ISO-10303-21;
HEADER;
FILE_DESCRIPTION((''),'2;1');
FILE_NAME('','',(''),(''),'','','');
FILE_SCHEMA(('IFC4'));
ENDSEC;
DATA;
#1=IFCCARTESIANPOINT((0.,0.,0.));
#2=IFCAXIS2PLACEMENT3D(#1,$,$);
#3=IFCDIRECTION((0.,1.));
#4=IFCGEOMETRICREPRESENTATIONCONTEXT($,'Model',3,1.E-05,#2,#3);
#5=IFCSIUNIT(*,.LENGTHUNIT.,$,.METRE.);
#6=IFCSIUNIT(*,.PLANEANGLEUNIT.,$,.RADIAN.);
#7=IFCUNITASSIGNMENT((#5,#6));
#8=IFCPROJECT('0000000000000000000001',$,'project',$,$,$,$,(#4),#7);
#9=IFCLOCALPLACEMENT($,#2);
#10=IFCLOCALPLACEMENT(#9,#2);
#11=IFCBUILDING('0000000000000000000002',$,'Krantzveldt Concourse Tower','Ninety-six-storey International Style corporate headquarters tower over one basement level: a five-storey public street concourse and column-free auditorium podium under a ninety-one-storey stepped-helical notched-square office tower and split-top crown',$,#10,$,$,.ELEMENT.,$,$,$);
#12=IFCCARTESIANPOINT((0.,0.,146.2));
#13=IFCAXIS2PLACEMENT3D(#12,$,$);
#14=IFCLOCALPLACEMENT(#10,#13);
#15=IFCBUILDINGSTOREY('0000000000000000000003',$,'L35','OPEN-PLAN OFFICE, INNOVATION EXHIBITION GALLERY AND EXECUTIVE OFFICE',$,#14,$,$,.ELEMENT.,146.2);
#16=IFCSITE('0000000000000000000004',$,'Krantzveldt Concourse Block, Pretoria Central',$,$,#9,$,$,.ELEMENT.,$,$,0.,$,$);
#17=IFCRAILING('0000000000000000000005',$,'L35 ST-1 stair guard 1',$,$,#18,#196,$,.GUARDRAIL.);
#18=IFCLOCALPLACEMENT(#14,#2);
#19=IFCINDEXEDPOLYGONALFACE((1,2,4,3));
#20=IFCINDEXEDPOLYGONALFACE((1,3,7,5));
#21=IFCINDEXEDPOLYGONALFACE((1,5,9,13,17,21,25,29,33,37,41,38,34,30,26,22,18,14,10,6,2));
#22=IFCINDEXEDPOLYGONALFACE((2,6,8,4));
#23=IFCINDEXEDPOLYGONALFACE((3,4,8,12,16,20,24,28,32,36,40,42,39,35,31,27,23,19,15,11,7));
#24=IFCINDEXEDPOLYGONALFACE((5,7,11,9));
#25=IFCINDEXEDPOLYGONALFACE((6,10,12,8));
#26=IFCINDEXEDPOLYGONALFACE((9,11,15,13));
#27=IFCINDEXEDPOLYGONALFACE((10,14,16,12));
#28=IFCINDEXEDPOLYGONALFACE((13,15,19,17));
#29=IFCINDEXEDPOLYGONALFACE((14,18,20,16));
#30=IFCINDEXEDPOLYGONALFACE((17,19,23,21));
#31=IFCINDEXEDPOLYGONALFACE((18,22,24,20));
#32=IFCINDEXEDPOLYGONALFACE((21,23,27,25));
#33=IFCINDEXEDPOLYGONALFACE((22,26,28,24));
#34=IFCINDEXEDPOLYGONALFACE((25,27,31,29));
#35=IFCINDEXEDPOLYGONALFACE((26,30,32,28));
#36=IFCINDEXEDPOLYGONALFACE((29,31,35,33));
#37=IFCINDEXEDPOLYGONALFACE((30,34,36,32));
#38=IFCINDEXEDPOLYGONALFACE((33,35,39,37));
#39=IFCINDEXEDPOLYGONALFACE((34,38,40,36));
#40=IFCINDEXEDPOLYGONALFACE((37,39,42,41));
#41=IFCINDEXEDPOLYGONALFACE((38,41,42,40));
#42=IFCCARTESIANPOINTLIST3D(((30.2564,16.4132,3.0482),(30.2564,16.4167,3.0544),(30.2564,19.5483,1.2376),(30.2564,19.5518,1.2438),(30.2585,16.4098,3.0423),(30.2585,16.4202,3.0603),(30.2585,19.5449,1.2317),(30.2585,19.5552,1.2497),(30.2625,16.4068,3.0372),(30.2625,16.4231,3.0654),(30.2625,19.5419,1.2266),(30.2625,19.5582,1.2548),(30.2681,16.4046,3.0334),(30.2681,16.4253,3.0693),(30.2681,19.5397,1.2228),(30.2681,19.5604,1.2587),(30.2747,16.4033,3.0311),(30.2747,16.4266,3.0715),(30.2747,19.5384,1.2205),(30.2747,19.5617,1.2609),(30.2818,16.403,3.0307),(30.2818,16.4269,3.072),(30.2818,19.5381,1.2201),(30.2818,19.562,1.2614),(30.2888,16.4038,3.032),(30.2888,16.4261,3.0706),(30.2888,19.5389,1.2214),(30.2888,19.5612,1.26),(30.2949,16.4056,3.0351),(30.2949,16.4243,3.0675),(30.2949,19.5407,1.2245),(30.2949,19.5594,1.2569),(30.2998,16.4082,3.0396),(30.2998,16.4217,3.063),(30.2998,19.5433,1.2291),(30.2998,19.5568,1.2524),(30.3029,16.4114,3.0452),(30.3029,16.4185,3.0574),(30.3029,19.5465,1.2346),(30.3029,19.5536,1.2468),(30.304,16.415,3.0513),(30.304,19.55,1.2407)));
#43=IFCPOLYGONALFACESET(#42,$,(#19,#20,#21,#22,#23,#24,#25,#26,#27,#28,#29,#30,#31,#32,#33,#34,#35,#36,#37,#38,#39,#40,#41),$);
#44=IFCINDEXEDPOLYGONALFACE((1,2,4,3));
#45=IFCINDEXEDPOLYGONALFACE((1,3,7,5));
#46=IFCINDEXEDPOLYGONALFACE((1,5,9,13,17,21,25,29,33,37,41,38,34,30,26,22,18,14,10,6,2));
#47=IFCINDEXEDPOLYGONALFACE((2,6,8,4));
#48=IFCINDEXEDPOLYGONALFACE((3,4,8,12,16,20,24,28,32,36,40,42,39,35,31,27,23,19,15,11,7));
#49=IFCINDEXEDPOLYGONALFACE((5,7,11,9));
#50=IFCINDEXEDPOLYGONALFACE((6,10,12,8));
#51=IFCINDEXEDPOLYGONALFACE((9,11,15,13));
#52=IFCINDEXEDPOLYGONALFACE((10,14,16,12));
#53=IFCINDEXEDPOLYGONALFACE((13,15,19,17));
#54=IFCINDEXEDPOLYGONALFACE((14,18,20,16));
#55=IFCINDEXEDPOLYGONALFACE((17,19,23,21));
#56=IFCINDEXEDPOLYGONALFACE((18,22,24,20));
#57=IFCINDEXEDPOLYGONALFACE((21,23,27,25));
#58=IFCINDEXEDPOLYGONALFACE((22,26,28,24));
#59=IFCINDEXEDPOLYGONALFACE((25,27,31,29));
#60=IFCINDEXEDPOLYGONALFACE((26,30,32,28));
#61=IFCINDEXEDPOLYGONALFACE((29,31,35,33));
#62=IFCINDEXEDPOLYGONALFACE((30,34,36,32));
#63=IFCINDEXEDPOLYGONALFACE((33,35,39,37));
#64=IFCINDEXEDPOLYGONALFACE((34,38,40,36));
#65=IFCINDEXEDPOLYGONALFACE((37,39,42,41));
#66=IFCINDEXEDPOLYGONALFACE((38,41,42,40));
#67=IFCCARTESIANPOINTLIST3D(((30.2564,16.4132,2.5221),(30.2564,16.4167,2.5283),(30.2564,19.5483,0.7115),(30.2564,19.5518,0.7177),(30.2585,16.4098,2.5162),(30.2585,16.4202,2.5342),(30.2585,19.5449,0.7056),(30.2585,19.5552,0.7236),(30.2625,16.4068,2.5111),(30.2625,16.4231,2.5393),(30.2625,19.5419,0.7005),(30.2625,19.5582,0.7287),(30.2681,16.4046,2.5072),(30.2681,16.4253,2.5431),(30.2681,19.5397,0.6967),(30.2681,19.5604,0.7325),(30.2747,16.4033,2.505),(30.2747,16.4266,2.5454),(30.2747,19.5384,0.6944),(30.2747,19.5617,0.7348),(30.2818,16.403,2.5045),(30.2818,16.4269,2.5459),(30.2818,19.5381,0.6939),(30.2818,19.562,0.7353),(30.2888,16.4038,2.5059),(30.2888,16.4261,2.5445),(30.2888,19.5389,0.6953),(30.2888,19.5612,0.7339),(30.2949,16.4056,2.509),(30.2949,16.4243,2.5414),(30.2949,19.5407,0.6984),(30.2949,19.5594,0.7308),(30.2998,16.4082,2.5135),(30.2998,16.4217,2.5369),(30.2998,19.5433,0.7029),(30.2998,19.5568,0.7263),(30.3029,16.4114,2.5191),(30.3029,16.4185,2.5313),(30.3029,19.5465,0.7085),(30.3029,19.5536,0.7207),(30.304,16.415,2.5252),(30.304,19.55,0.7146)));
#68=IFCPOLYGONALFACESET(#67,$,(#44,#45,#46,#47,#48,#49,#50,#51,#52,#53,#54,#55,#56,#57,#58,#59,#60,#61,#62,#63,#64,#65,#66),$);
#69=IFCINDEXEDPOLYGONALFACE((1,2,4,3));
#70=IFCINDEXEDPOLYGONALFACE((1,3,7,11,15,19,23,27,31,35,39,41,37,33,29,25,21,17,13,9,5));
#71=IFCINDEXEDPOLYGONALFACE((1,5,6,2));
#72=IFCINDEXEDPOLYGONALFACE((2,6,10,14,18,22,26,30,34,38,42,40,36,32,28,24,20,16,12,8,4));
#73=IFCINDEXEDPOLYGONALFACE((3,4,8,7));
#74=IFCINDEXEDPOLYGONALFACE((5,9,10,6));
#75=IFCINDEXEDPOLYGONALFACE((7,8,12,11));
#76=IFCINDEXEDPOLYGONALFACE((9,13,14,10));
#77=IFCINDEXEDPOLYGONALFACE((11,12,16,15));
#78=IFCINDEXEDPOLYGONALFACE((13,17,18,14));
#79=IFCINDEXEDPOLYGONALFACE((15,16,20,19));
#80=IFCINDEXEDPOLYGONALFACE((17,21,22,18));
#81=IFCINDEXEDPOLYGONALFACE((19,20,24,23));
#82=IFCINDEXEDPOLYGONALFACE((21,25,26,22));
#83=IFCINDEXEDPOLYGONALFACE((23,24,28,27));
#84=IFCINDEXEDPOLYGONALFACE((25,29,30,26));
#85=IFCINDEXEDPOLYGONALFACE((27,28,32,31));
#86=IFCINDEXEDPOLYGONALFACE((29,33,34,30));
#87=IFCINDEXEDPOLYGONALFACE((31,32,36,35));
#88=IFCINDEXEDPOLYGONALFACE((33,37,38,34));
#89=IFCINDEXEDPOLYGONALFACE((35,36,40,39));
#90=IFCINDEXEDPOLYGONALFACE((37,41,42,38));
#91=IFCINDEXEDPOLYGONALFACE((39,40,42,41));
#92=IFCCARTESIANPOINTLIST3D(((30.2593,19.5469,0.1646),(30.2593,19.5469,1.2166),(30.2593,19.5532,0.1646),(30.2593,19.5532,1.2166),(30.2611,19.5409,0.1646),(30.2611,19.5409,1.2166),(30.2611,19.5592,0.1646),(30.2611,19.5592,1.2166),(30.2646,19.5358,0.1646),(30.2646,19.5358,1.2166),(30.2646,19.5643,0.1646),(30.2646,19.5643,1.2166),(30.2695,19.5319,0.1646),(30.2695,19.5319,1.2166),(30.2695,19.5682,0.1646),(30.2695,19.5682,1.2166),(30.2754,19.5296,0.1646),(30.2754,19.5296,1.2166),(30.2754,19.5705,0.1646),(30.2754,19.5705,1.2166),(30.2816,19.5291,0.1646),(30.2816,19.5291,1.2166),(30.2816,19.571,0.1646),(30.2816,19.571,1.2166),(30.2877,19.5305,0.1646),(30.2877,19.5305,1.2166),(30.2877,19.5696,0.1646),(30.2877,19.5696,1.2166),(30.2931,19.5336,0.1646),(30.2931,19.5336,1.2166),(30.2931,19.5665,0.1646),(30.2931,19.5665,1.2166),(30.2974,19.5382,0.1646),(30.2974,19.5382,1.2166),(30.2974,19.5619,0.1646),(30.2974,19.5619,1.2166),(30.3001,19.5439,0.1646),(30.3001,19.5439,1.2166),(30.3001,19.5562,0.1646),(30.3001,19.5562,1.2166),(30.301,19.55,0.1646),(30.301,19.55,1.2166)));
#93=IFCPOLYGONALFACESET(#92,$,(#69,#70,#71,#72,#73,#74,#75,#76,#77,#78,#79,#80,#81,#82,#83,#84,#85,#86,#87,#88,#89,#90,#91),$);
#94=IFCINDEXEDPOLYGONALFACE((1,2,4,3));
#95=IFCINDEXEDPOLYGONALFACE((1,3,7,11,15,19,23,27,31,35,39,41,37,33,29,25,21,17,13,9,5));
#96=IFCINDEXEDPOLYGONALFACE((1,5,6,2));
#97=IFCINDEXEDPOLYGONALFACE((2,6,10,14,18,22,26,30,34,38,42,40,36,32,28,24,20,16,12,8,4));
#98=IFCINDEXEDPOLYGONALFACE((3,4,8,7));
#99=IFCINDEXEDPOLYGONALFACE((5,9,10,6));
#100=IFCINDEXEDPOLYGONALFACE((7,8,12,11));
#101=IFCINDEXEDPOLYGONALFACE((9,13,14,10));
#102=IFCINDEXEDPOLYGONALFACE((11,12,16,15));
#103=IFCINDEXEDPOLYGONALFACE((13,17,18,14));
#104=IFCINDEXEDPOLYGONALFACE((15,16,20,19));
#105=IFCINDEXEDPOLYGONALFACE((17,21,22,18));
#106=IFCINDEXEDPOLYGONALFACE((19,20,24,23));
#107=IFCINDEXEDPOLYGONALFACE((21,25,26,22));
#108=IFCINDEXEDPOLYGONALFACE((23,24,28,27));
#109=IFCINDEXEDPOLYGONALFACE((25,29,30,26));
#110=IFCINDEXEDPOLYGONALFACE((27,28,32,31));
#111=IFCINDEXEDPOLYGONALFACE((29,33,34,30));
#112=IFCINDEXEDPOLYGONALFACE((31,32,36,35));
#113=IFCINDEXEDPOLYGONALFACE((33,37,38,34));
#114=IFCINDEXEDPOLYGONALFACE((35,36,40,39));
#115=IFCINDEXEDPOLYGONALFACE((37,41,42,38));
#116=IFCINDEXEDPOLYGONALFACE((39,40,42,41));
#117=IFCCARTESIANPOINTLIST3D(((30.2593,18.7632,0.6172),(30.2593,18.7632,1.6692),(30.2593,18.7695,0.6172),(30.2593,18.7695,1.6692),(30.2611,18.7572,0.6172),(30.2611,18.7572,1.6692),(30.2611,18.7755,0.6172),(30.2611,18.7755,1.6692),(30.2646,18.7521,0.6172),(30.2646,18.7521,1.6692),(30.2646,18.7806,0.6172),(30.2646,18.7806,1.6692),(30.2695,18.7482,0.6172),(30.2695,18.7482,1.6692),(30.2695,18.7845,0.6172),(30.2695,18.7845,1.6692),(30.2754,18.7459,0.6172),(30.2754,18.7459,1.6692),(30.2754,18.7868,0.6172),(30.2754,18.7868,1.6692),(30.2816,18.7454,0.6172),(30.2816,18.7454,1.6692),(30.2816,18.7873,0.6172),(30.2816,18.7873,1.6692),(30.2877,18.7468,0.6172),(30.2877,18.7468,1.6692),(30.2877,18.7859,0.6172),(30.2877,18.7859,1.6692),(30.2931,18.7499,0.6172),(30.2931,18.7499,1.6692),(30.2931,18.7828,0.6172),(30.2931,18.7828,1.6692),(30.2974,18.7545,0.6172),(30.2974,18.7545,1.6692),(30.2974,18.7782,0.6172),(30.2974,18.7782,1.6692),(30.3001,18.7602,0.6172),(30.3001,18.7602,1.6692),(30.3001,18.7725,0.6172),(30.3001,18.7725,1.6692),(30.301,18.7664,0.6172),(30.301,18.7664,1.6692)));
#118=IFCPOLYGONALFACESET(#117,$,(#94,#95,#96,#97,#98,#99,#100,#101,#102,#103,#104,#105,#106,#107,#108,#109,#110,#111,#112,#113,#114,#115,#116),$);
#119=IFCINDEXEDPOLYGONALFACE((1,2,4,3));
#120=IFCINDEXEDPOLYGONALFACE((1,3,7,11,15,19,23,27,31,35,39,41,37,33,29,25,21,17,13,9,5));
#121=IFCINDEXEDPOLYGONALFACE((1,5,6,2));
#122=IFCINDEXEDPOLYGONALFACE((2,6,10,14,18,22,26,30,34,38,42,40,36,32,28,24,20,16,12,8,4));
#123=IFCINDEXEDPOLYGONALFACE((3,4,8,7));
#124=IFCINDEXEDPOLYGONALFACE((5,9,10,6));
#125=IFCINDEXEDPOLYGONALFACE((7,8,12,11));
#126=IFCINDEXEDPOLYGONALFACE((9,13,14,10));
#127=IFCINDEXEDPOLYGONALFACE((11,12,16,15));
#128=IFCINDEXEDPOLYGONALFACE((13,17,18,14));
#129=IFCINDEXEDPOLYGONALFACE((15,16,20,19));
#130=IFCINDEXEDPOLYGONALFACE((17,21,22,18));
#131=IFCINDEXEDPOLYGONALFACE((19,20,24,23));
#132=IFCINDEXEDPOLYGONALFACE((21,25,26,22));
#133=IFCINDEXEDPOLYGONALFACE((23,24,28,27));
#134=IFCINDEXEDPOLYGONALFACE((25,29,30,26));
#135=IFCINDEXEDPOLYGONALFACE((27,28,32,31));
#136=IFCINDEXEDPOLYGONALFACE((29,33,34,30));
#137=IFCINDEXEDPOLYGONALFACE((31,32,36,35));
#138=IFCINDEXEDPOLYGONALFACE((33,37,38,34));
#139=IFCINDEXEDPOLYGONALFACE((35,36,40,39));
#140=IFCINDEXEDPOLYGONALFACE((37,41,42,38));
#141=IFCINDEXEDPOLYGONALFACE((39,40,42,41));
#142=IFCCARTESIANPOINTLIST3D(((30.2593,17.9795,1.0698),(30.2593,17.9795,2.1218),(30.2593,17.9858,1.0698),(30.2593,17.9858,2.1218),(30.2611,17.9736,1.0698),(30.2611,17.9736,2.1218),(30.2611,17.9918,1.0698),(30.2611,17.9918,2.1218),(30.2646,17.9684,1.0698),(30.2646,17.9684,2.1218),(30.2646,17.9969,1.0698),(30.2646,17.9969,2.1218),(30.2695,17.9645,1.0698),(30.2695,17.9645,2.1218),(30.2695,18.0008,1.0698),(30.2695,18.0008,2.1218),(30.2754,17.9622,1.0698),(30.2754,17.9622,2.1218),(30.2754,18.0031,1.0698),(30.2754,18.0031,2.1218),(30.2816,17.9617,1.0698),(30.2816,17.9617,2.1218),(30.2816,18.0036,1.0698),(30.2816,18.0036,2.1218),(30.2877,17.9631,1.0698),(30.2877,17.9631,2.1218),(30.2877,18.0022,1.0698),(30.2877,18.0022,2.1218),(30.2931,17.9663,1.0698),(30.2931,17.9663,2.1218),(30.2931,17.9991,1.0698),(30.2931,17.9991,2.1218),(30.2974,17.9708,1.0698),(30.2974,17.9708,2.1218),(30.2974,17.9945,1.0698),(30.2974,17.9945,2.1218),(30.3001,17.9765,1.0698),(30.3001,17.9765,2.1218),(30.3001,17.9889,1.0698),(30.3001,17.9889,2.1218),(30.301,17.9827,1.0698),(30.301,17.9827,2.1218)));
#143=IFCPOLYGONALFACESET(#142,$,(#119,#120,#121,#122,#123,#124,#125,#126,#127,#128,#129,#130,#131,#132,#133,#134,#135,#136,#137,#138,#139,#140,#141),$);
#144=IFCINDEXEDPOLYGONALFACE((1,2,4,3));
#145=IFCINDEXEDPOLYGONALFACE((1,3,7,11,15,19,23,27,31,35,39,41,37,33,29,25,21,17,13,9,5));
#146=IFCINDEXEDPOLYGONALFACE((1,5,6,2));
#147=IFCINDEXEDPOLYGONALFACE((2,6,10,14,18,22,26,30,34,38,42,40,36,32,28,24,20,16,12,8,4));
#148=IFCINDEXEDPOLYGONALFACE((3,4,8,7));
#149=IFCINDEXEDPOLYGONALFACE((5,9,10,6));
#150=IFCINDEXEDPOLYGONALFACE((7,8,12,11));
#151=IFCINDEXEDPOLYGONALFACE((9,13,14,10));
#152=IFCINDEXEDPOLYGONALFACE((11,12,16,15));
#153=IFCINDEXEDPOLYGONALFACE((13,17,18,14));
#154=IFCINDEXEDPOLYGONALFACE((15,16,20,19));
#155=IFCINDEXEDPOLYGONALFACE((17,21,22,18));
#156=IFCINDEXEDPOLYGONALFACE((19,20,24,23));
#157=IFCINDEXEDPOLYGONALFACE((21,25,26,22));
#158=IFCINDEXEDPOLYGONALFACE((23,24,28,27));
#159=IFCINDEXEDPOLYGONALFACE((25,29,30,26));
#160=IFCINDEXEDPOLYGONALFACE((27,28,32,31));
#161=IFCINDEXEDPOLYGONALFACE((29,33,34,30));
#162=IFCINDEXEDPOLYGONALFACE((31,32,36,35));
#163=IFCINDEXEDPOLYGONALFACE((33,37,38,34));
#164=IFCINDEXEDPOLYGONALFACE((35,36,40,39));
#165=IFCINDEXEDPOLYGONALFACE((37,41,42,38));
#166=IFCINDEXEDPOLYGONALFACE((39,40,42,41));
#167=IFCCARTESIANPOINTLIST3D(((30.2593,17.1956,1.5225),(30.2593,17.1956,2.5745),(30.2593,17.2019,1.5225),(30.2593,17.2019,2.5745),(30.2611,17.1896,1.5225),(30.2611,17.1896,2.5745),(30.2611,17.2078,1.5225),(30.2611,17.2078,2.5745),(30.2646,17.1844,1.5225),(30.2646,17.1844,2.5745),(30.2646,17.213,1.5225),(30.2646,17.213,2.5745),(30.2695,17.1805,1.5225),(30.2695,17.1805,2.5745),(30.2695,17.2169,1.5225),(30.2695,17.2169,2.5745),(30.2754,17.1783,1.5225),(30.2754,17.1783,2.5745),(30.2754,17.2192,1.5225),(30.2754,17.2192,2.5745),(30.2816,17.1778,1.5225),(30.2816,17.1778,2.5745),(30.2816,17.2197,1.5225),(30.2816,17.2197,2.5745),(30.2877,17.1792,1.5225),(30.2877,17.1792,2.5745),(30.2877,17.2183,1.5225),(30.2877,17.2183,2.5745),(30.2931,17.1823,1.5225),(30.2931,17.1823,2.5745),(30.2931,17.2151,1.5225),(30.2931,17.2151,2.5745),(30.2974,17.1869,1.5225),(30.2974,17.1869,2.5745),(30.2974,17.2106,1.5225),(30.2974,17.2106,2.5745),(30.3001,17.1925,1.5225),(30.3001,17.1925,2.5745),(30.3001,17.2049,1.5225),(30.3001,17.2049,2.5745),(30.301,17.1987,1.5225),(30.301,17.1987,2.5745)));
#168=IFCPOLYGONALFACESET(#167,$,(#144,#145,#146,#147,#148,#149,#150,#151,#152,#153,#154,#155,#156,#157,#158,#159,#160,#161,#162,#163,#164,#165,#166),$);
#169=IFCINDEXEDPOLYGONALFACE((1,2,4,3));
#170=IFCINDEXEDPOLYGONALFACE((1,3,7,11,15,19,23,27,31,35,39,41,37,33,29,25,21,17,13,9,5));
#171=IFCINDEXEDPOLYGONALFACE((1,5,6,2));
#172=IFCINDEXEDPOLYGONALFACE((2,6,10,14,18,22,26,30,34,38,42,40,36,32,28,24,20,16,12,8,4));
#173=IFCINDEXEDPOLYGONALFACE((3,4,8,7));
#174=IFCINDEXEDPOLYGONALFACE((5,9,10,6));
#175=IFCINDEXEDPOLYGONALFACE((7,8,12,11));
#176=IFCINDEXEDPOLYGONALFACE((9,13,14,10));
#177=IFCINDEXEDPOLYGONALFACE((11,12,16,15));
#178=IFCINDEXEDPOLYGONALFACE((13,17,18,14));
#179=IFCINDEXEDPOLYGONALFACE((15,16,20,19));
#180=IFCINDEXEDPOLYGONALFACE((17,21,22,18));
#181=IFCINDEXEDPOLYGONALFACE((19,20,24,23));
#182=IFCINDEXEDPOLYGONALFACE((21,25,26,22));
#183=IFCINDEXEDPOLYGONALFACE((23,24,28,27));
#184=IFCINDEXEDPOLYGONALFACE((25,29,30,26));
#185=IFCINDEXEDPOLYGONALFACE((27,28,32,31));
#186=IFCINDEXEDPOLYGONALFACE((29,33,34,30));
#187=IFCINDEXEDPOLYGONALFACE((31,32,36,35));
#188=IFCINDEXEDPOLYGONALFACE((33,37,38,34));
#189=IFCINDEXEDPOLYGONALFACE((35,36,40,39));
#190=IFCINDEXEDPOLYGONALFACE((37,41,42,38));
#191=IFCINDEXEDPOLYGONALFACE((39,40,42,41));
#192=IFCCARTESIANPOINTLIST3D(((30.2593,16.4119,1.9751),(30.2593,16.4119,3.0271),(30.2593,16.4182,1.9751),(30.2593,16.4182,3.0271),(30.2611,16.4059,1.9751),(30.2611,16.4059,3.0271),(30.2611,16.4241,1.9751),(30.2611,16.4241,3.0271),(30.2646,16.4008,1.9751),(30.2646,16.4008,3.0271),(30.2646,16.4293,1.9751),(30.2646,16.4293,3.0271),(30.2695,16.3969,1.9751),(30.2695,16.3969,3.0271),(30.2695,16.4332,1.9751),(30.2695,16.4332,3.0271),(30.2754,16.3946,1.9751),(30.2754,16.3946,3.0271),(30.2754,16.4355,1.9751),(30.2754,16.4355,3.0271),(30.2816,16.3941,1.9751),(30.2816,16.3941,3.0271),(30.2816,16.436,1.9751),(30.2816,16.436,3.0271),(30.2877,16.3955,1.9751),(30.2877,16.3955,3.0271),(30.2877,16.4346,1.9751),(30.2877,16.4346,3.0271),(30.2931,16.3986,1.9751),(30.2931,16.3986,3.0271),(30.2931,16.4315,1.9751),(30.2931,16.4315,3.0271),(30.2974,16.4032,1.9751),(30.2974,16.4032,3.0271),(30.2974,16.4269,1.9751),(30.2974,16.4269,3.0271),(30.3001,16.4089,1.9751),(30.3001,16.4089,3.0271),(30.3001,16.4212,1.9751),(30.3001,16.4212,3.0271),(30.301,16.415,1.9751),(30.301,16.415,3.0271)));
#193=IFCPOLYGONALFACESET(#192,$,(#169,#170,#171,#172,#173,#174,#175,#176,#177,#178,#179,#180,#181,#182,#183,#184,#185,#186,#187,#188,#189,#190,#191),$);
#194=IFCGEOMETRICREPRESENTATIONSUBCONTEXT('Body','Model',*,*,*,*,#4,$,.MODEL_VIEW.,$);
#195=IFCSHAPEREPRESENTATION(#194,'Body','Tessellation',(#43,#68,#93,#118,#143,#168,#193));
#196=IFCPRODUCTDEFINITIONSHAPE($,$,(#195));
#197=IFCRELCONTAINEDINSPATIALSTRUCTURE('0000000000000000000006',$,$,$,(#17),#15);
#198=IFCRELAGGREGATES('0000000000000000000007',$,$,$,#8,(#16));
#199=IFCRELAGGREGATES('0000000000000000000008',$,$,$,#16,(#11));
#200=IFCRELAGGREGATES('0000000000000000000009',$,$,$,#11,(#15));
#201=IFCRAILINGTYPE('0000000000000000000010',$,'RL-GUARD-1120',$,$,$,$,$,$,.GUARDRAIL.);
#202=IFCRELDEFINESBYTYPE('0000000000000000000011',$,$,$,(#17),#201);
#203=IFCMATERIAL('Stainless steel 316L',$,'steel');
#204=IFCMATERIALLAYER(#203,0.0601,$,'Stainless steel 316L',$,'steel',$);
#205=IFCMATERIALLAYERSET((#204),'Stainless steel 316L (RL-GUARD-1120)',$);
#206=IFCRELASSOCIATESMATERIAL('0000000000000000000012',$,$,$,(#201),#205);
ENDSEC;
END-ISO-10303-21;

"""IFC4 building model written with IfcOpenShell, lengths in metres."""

from ifc_helpers import new_model, si_unit, direction, frame, origin, origin_2d, place, context, subcontext, project, spatial, circle, extrude, material, layer, layer_set, type_object, element, save


model = new_model("IFC4")

# Units and contexts
model_context = context("Model", 3, precision=1e-05, world=origin(), true_north=direction((0.0, 1.0)))
body_context = subcontext(model_context, "Body", "Model", "MODEL_VIEW")
ifc_project = project(units=[si_unit("LENGTHUNIT", "METRE"), si_unit("PLANEANGLEUNIT", "RADIAN")], contexts=[model_context])

# Site, building, storey
site_placement = place(None, origin())
site = spatial("IfcSite", under=ifc_project, at=site_placement, Name="Krantzveldt Concourse Block, Pretoria Central", CompositionType="ELEMENT", RefElevation=0.0)
building_placement = place(site_placement, origin())
building = spatial("IfcBuilding", under=site, at=building_placement, Name="Krantzveldt Concourse Tower", Description="Ninety-six-storey International Style corporate headquarters tower over one basement level: a five-storey public street concourse and column-free auditorium podium under a ninety-one-storey stepped-helical notched-square office tower and split-top crown", CompositionType="ELEMENT")
storey_placement = place(building_placement, frame((0.0, 0.0, 146.2)))
storey = spatial("IfcBuildingStorey", under=building, at=storey_placement, Name="L35", Description="OPEN-PLAN OFFICE, INNOVATION EXHIBITION GALLERY AND EXECUTIVE OFFICE", CompositionType="ELEMENT", Elevation=146.2)

# Shared definitions
ifc_material_1 = material(Name="Stainless steel 316L", Category="steel")

# Railing
ifc_layer_1 = layer(ifc_material_1, 0.0601, Name="Stainless steel 316L", Category="steel")
ifc_layer_set_1 = layer_set([ifc_layer_1], Name="Stainless steel 316L (RL-GUARD-1120)")
railing_type_1 = type_object("IfcRailingType", Name="RL-GUARD-1120", PredefinedType="GUARDRAIL", material=ifc_layer_set_1)
railing_1_placement = place(storey_placement, frame((30.28, 19.55, 0.1646)))
element("IfcRailing", 1, at=railing_1_placement, inside=storey, type_object=railing_type_1, Name="L35 ST-1 stair guard 1", PredefinedType="GUARDRAIL", context=body_context, shape_type="SweptSolid", body=[
    extrude(circle(Radius=0.0239, at=origin_2d()), frame((0.0, 0.0, 1.0762), z_axis=(0.0, -0.86596, 0.500114), x_axis=(1.0, 0.0, 0.0)), (0.0, 0.0, 1.0), 3.6204),
    extrude(circle(Radius=0.0239, at=origin_2d()), frame((0.0, 0.0, 0.55), z_axis=(0.0, -0.86596, 0.500114), x_axis=(1.0, 0.0, 0.0)), (0.0, 0.0, 1.0), 3.6204),
    extrude(circle(Radius=0.021, at=origin_2d()), origin(), (0.0, 0.0, 1.0), 1.052),
    extrude(circle(Radius=0.021, at=origin_2d()), frame((0.0, -0.7837, 0.4526)), (0.0, 0.0, 1.0), 1.052),
    extrude(circle(Radius=0.021, at=origin_2d()), frame((0.0, -1.5674, 0.9053)), (0.0, 0.0, 1.0), 1.052),
    extrude(circle(Radius=0.021, at=origin_2d()), frame((0.0, -2.3513, 1.3579)), (0.0, 0.0, 1.0), 1.052),
    extrude(circle(Radius=0.021, at=origin_2d()), frame((0.0, -3.135, 1.8105)), (0.0, 0.0, 1.0), 1.052),
])

save(model, "model.ifc")
